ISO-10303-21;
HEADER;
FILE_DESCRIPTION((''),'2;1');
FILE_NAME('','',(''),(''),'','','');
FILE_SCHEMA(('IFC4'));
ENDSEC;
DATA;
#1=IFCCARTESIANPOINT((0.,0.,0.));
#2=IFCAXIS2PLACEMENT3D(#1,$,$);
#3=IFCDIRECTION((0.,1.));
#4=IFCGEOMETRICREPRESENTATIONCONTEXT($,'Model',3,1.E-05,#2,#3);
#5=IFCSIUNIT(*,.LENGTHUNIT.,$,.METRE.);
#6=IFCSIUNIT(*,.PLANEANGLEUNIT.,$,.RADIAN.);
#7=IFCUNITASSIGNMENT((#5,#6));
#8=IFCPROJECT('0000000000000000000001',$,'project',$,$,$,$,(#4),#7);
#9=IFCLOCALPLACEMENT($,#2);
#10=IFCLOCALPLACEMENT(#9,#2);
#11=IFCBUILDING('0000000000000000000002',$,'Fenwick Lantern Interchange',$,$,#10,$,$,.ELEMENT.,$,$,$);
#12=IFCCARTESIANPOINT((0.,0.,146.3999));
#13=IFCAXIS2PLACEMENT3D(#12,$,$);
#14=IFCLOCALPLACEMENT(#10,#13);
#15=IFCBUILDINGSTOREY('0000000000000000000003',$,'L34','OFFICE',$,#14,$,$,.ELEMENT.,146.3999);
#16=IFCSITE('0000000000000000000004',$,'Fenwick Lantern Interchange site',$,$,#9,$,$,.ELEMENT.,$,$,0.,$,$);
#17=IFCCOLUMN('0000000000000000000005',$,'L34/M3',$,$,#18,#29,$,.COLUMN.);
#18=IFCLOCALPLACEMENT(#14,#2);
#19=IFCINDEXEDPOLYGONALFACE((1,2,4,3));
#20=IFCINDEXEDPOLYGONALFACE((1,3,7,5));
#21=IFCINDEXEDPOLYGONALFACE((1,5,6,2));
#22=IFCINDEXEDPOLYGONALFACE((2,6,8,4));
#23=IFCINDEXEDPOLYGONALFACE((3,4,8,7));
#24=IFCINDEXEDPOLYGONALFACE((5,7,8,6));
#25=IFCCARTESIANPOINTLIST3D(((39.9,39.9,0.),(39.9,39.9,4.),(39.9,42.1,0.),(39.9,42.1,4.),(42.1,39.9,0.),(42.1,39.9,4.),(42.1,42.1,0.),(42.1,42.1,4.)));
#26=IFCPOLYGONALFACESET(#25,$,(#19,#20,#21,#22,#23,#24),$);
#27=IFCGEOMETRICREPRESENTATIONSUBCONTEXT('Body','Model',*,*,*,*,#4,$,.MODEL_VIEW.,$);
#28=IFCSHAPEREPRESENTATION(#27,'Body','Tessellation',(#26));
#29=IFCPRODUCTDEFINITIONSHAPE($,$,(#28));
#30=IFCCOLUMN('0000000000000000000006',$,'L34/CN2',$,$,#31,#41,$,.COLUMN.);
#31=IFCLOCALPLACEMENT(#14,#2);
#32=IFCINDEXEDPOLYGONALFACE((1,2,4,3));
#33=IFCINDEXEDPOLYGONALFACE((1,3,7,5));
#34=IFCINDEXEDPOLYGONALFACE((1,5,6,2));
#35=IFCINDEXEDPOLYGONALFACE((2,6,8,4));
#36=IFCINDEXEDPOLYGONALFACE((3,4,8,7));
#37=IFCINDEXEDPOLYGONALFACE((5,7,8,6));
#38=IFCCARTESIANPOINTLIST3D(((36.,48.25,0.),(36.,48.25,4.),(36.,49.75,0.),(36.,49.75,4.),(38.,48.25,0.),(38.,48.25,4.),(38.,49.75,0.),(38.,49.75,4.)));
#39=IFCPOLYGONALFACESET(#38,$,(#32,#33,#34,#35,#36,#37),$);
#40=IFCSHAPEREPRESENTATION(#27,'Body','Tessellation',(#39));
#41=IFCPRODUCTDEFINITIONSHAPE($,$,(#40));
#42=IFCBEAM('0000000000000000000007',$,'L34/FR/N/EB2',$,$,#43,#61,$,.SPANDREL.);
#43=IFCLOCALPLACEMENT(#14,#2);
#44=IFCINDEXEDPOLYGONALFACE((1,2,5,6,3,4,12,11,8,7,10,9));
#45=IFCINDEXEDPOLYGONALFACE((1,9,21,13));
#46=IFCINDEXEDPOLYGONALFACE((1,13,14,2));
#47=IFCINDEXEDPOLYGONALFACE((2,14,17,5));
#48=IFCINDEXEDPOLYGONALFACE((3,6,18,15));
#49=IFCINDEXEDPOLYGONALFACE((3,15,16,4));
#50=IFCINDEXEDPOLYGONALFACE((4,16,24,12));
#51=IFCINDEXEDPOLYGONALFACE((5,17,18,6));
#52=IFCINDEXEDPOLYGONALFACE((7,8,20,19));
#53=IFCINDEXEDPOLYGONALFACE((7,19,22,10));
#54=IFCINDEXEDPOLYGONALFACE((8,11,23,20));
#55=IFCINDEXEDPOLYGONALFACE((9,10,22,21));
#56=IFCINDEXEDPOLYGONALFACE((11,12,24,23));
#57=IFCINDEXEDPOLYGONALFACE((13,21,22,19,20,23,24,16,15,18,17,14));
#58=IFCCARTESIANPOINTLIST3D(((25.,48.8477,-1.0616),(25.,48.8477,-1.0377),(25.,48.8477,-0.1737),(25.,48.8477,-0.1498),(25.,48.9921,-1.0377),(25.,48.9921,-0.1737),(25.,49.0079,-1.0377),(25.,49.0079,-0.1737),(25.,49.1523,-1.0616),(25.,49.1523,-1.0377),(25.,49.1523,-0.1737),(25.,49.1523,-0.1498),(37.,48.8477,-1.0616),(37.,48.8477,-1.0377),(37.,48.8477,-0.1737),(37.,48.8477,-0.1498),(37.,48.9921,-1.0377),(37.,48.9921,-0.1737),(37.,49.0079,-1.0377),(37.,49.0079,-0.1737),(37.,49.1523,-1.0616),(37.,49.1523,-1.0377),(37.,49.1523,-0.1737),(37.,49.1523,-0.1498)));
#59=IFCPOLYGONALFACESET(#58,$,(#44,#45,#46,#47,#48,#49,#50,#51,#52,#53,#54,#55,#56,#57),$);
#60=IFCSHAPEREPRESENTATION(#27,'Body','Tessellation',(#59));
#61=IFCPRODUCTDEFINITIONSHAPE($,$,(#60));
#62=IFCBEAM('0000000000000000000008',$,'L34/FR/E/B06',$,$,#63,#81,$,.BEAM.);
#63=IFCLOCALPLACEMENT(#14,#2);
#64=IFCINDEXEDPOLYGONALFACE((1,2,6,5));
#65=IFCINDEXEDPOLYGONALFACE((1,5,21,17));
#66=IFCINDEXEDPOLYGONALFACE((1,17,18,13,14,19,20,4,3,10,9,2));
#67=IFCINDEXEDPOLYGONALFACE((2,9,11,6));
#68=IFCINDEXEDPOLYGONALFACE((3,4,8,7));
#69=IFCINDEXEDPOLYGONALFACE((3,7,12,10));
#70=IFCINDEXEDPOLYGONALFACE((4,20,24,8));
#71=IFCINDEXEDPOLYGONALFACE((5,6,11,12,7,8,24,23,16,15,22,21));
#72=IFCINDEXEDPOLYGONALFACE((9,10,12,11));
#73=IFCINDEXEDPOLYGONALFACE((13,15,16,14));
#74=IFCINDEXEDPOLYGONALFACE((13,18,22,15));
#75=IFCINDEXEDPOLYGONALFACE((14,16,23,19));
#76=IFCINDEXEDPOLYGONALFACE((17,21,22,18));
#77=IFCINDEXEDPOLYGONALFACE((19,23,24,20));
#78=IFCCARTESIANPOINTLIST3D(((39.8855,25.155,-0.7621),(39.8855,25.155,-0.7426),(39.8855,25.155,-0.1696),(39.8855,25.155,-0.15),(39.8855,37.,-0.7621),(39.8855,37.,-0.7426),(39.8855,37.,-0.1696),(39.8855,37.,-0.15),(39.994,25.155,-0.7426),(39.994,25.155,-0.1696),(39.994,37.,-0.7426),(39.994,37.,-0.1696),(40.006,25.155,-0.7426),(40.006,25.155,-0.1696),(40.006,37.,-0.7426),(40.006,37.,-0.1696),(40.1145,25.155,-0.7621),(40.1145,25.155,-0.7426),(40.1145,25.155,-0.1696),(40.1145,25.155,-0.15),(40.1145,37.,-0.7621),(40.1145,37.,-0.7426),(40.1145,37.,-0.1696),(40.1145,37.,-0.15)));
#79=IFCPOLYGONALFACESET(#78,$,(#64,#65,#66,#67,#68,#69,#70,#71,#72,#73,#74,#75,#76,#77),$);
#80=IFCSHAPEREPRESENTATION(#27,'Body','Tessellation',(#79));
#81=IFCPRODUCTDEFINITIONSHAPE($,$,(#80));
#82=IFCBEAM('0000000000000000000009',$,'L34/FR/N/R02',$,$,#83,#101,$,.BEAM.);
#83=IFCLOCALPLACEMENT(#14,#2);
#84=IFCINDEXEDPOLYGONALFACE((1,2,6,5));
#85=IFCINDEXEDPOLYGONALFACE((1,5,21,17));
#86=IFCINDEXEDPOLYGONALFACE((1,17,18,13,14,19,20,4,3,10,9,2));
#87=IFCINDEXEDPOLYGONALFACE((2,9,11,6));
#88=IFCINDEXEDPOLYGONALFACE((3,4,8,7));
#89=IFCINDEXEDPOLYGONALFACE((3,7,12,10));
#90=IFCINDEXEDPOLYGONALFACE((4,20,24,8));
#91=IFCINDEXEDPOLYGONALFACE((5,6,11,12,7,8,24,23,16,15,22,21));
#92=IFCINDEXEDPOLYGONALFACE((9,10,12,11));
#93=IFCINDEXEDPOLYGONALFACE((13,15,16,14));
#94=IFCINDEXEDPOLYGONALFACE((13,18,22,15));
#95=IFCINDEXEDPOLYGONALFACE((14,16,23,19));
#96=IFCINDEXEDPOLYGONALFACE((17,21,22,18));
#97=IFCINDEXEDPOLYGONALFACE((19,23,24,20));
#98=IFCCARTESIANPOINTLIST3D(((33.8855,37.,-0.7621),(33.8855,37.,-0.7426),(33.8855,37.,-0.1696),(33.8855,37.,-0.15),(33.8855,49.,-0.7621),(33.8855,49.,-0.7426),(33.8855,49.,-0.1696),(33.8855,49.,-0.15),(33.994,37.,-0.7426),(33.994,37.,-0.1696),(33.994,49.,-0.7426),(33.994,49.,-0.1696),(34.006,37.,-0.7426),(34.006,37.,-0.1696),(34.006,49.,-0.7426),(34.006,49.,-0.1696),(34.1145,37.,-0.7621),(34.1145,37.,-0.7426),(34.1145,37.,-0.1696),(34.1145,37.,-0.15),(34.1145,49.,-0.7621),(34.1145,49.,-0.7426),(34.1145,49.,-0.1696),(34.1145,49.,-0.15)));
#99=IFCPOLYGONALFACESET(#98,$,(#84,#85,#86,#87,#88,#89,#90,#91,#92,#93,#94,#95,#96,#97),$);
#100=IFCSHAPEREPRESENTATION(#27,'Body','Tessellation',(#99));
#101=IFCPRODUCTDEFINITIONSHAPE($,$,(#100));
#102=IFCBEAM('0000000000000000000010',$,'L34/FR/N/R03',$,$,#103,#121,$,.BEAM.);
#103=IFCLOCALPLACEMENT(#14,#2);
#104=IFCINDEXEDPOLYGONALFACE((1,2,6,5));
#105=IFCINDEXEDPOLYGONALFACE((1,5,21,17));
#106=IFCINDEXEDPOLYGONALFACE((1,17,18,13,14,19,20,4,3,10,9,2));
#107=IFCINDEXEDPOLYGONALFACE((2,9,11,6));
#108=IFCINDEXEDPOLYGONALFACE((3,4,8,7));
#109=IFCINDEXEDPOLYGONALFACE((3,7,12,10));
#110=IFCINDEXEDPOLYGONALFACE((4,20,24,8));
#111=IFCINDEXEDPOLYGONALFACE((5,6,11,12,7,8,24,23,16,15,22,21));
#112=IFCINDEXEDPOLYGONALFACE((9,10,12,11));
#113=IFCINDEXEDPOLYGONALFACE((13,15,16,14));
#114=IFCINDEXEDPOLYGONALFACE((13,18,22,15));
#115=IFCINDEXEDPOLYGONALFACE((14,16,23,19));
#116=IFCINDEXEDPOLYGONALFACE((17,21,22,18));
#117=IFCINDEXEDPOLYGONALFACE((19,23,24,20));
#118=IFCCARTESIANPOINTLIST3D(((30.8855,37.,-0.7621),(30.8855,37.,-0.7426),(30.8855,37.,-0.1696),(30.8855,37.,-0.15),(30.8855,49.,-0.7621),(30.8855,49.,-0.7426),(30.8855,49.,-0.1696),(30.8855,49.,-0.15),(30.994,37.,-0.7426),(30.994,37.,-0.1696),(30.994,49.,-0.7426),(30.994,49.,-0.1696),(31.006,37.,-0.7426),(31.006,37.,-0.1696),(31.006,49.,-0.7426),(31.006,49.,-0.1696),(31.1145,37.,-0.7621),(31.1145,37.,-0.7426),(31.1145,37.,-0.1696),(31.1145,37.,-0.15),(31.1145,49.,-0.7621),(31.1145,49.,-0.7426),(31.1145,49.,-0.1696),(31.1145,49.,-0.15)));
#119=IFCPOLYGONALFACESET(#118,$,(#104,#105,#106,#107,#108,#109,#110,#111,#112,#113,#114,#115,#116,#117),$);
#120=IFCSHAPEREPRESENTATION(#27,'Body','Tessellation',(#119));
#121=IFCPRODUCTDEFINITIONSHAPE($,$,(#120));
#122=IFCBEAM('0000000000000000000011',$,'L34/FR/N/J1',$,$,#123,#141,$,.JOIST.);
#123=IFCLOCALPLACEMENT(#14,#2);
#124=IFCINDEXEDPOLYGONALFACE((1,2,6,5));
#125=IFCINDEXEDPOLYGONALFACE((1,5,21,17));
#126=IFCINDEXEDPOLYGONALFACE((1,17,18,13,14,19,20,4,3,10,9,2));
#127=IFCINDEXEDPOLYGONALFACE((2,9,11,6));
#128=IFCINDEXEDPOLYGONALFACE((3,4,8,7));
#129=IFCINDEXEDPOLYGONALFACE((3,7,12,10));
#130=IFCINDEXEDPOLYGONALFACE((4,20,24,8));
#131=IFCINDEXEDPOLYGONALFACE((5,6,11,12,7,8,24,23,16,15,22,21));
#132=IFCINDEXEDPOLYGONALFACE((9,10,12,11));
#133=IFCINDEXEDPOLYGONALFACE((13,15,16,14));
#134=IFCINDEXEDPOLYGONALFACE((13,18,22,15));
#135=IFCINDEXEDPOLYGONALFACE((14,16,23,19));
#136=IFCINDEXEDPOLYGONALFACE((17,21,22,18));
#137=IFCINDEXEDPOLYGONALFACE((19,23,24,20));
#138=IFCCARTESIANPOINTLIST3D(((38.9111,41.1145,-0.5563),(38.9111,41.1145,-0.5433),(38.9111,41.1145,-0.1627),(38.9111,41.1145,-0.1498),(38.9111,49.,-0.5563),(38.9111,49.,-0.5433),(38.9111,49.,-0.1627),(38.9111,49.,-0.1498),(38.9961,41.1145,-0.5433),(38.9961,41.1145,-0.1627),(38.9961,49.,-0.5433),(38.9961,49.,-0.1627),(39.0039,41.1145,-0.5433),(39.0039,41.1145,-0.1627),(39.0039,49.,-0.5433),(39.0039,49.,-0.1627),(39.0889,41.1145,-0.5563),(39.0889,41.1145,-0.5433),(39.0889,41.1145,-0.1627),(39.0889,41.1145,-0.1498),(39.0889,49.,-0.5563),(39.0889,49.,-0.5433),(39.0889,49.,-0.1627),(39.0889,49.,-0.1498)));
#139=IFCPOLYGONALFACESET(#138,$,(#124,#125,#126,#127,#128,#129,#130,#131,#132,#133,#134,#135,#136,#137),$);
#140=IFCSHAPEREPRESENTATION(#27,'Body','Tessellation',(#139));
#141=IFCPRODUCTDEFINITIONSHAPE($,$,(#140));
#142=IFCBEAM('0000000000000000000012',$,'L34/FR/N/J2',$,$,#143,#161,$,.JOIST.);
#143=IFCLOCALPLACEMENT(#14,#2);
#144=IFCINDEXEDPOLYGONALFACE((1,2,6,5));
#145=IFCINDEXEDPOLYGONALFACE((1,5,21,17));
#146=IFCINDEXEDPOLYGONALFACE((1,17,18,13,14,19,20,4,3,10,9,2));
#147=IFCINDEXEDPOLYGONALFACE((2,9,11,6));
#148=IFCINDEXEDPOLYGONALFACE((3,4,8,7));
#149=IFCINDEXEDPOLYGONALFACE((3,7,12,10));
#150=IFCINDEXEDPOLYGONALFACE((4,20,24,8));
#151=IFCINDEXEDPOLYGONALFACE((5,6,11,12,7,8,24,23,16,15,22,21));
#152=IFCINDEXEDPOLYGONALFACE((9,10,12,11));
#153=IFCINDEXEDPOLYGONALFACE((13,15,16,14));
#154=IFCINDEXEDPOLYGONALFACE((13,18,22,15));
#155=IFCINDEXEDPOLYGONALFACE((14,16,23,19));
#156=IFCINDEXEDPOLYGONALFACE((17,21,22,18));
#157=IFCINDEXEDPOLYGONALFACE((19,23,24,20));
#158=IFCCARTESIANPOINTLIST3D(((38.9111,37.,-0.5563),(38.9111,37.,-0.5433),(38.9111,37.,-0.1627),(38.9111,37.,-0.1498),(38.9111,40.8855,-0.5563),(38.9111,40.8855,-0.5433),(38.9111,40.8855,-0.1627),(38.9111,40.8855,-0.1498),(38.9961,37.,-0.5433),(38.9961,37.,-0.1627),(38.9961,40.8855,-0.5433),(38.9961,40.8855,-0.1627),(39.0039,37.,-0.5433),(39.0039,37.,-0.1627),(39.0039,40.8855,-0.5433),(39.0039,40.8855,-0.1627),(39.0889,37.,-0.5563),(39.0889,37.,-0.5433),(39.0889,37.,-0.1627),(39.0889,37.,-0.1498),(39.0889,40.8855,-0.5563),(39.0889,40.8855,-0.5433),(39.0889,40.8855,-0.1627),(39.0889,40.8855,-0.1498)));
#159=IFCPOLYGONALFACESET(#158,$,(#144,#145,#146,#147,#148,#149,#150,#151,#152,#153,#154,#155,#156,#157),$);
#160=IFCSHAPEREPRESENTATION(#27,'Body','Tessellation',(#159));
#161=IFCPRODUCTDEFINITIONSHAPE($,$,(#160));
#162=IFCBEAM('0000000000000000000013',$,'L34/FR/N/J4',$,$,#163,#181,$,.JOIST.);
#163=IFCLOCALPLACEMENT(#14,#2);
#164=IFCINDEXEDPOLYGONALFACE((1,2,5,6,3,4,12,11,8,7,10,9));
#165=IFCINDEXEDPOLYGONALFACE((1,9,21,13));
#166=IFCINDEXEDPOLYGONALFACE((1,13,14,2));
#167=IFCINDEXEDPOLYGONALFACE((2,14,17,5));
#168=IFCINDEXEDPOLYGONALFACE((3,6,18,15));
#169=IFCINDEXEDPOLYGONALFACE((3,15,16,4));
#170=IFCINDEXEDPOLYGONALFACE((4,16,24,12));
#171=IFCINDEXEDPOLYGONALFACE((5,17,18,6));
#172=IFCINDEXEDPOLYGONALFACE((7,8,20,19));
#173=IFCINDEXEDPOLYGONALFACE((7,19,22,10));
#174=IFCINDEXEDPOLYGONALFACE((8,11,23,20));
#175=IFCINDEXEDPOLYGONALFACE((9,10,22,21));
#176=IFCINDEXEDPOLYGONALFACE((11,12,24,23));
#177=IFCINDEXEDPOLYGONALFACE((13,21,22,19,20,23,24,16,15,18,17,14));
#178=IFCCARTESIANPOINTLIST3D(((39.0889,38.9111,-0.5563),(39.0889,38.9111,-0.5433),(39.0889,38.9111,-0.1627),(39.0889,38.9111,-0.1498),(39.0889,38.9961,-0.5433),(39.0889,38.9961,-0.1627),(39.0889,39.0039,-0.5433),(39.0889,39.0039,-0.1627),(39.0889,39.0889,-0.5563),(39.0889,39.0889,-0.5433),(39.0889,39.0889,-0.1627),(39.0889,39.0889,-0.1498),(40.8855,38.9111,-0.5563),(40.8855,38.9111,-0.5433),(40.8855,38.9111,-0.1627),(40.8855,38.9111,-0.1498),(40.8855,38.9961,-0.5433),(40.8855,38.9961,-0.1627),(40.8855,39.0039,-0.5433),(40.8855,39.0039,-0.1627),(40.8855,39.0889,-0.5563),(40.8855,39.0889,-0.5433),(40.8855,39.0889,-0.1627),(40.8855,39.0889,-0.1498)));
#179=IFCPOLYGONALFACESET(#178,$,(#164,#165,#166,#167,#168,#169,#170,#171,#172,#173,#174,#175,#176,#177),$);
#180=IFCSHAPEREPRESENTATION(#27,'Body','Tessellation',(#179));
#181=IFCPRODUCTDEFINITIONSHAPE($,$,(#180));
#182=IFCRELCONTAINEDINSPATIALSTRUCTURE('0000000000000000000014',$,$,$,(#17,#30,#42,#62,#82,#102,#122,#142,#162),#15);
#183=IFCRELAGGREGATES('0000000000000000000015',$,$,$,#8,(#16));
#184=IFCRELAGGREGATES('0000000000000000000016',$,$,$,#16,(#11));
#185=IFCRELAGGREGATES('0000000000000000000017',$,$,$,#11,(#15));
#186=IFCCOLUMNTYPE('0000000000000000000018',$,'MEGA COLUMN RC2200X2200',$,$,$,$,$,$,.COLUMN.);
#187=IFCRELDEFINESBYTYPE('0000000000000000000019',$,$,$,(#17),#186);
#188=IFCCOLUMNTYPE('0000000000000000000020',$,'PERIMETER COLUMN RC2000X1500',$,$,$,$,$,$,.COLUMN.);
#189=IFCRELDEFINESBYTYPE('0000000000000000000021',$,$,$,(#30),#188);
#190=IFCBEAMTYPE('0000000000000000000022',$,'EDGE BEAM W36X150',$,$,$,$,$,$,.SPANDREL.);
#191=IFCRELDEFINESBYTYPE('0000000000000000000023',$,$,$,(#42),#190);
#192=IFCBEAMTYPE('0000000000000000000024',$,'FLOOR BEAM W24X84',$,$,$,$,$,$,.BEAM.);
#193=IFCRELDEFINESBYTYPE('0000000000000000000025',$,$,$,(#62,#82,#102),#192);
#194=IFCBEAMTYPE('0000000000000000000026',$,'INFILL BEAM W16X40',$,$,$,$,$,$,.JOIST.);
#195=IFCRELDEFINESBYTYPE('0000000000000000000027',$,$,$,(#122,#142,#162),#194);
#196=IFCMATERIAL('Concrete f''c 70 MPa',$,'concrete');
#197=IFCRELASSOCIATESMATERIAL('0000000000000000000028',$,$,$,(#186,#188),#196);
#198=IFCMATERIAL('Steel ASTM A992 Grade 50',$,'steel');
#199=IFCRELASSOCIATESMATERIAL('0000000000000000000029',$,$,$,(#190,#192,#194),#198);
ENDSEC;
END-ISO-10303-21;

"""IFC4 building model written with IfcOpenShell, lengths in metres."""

from ifc_helpers import new_model, si_unit, direction, frame, origin, origin_2d, place, context, subcontext, project, spatial, rectangle, i_section, extrude, material, material_profile, profile_set, type_object, element, save


model = new_model("IFC4")

# Units and contexts
model_context = context("Model", 3, precision=1e-05, world=origin(), true_north=direction((0.0, 1.0)))
body_context = subcontext(model_context, "Body", "Model", "MODEL_VIEW")
ifc_project = project(units=[si_unit("LENGTHUNIT", "METRE"), si_unit("PLANEANGLEUNIT", "RADIAN")], contexts=[model_context])

# Site, building, storey
site_placement = place(None, origin())
site = spatial("IfcSite", under=ifc_project, at=site_placement, Name="Fenwick Lantern Interchange site", CompositionType="ELEMENT", RefElevation=0.0)
building_placement = place(site_placement, origin())
building = spatial("IfcBuilding", under=site, at=building_placement, Name="Fenwick Lantern Interchange", CompositionType="ELEMENT")
storey_placement = place(building_placement, frame((0.0, 0.0, 146.3999)))
storey = spatial("IfcBuildingStorey", under=building, at=storey_placement, Name="L34", Description="OFFICE", CompositionType="ELEMENT", Elevation=146.3999)

# Columns
ifc_material_1 = material(Name="Concrete f'c 70 MPa", Category="concrete")
ifc_material_profile_1 = material_profile(ifc_material_1, rectangle(XDim=2.2, YDim=2.2, at=origin_2d()), Name="RC2200X2200")
ifc_profile_set_1 = profile_set([ifc_material_profile_1], Name="Concrete f'c 70 MPa")
column_type_1 = type_object("IfcColumnType", Name="MEGA COLUMN RC2200X2200", PredefinedType="COLUMN", material=ifc_profile_set_1)
column_1_placement = place(storey_placement, frame((41.0, 41.0, 0.0), z_axis=(0.0, 0.0, 1.0), x_axis=(1.0, 0.0, 0.0)))
element("IfcColumn", 1, at=column_1_placement, inside=storey, type_object=column_type_1, Name="L34/M3", PredefinedType="COLUMN", context=body_context, shape_type="SweptSolid", body=[
    extrude(rectangle(XDim=2.2, YDim=2.2, at=origin_2d()), origin(), (0.0, 0.0, 1.0), 4.0),
])
ifc_material_profile_2 = material_profile(ifc_material_1, rectangle(XDim=2.0, YDim=1.5, at=origin_2d()), Name="RC2000X1500")
ifc_profile_set_2 = profile_set([ifc_material_profile_2], Name="Concrete f'c 70 MPa")
column_type_2 = type_object("IfcColumnType", Name="PERIMETER COLUMN RC2000X1500", PredefinedType="COLUMN", material=ifc_profile_set_2)
column_2_placement = place(storey_placement, frame((37.0, 49.0, 0.0), z_axis=(0.0, 0.0, 1.0), x_axis=(1.0, 0.0, 0.0)))
element("IfcColumn", 2, at=column_2_placement, inside=storey, type_object=column_type_2, Name="L34/CN2", PredefinedType="COLUMN", context=body_context, shape_type="SweptSolid", body=[
    extrude(rectangle(XDim=2.0, YDim=1.5, at=origin_2d()), origin(), (0.0, 0.0, 1.0), 4.0),
])

# Beams
ifc_material_2 = material(Name="Steel ASTM A992 Grade 50", Category="steel")
ifc_material_profile_3 = material_profile(ifc_material_2, i_section(OverallWidth=0.3047, OverallDepth=0.9119, WebThickness=0.0159, FlangeThickness=0.0239, at=origin_2d()), Name="W36X150")
ifc_profile_set_3 = profile_set([ifc_material_profile_3], Name="Steel ASTM A992 Grade 50")
beam_type_1 = type_object("IfcBeamType", Name="EDGE BEAM W36X150", PredefinedType="SPANDREL", material=ifc_profile_set_3)
beam_1_placement = place(storey_placement, frame((37.0, 49.0, -0.6057), z_axis=(-1.0, 0.0, 0.0), x_axis=(0.0, -1.0, 0.0)))
element("IfcBeam", 3, at=beam_1_placement, inside=storey, type_object=beam_type_1, Name="L34/FR/N/EB2", PredefinedType="SPANDREL", context=body_context, shape_type="SweptSolid", body=[
    extrude(i_section(OverallWidth=0.3047, OverallDepth=0.9119, WebThickness=0.0159, FlangeThickness=0.0239, at=origin_2d()), origin(), (0.0, 0.0, 1.0), 12.0),
])
ifc_material_profile_4 = material_profile(ifc_material_2, i_section(OverallWidth=0.229, OverallDepth=0.6121, WebThickness=0.012, FlangeThickness=0.0195, at=origin_2d()), Name="W24X84")
ifc_profile_set_4 = profile_set([ifc_material_profile_4], Name="Steel ASTM A992 Grade 50")
beam_type_2 = type_object("IfcBeamType", Name="FLOOR BEAM W24X84", PredefinedType="BEAM", material=ifc_profile_set_4)
beam_2_placement = place(storey_placement, frame((40.0, 25.155, -0.4561), z_axis=(0.0, 1.0, 0.0), x_axis=(-1.0, 0.0, 0.0)))
element("IfcBeam", 4, at=beam_2_placement, inside=storey, type_object=beam_type_2, Name="L34/FR/E/B06", PredefinedType="BEAM", context=body_context, shape_type="SweptSolid", body=[
    extrude(i_section(OverallWidth=0.229, OverallDepth=0.6121, WebThickness=0.012, FlangeThickness=0.0195, at=origin_2d()), origin(), (0.0, 0.0, 1.0), 11.845),
])
for number, where, z_axis, x_axis, name in (
    (5, (34.0, 49.0, -0.4561), (0.0, -1.0, 0.0), (1.0, 0.0, 0.0), "L34/FR/N/R02"),
    (6, (31.0, 49.0, -0.4561), (0.0, -1.0, 0.0), (1.0, 0.0, 0.0), "L34/FR/N/R03"),
):
    element("IfcBeam", number, at=place(storey_placement, frame(where, z_axis=z_axis, x_axis=x_axis)), inside=storey, type_object=beam_type_2, Name=name, PredefinedType="BEAM", context=body_context, shape_type="SweptSolid", body=[
        extrude(i_section(OverallWidth=0.229, OverallDepth=0.6121, WebThickness=0.012, FlangeThickness=0.0195, at=origin_2d()), origin(), (0.0, 0.0, 1.0), 12.0),
    ])
ifc_material_profile_5 = material_profile(ifc_material_2, i_section(OverallWidth=0.1777, OverallDepth=0.4065, WebThickness=0.0078, FlangeThickness=0.0129, at=origin_2d()), Name="W16X40")
ifc_profile_set_5 = profile_set([ifc_material_profile_5], Name="Steel ASTM A992 Grade 50")
beam_type_3 = type_object("IfcBeamType", Name="INFILL BEAM W16X40", PredefinedType="JOIST", material=ifc_profile_set_5)
beam_3_placement = place(storey_placement, frame((39.0, 49.0, -0.353), z_axis=(0.0, -1.0, 0.0), x_axis=(1.0, 0.0, 0.0)))
element("IfcBeam", 7, at=beam_3_placement, inside=storey, type_object=beam_type_3, Name="L34/FR/N/J1", PredefinedType="JOIST", context=body_context, shape_type="SweptSolid", body=[
    extrude(i_section(OverallWidth=0.1777, OverallDepth=0.4065, WebThickness=0.0078, FlangeThickness=0.0129, at=origin_2d()), origin(), (0.0, 0.0, 1.0), 7.8855),
])
beam_4_placement = place(storey_placement, frame((39.0, 40.8855, -0.353), z_axis=(0.0, -1.0, 0.0), x_axis=(1.0, 0.0, 0.0)))
element("IfcBeam", 8, at=beam_4_placement, inside=storey, type_object=beam_type_3, Name="L34/FR/N/J2", PredefinedType="JOIST", context=body_context, shape_type="SweptSolid", body=[
    extrude(i_section(OverallWidth=0.1777, OverallDepth=0.4065, WebThickness=0.0078, FlangeThickness=0.0129, at=origin_2d()), origin(), (0.0, 0.0, 1.0), 3.8855),
])
beam_5_placement = place(storey_placement, frame((40.8855, 39.0, -0.353), z_axis=(-1.0, 0.0, 0.0), x_axis=(0.0, -1.0, 0.0)))
element("IfcBeam", 9, at=beam_5_placement, inside=storey, type_object=beam_type_3, Name="L34/FR/N/J4", PredefinedType="JOIST", context=body_context, shape_type="SweptSolid", body=[
    extrude(i_section(OverallWidth=0.1777, OverallDepth=0.4065, WebThickness=0.0078, FlangeThickness=0.0129, at=origin_2d()), origin(), (0.0, 0.0, 1.0), 1.7966),
])

save(model, "model.ifc")
